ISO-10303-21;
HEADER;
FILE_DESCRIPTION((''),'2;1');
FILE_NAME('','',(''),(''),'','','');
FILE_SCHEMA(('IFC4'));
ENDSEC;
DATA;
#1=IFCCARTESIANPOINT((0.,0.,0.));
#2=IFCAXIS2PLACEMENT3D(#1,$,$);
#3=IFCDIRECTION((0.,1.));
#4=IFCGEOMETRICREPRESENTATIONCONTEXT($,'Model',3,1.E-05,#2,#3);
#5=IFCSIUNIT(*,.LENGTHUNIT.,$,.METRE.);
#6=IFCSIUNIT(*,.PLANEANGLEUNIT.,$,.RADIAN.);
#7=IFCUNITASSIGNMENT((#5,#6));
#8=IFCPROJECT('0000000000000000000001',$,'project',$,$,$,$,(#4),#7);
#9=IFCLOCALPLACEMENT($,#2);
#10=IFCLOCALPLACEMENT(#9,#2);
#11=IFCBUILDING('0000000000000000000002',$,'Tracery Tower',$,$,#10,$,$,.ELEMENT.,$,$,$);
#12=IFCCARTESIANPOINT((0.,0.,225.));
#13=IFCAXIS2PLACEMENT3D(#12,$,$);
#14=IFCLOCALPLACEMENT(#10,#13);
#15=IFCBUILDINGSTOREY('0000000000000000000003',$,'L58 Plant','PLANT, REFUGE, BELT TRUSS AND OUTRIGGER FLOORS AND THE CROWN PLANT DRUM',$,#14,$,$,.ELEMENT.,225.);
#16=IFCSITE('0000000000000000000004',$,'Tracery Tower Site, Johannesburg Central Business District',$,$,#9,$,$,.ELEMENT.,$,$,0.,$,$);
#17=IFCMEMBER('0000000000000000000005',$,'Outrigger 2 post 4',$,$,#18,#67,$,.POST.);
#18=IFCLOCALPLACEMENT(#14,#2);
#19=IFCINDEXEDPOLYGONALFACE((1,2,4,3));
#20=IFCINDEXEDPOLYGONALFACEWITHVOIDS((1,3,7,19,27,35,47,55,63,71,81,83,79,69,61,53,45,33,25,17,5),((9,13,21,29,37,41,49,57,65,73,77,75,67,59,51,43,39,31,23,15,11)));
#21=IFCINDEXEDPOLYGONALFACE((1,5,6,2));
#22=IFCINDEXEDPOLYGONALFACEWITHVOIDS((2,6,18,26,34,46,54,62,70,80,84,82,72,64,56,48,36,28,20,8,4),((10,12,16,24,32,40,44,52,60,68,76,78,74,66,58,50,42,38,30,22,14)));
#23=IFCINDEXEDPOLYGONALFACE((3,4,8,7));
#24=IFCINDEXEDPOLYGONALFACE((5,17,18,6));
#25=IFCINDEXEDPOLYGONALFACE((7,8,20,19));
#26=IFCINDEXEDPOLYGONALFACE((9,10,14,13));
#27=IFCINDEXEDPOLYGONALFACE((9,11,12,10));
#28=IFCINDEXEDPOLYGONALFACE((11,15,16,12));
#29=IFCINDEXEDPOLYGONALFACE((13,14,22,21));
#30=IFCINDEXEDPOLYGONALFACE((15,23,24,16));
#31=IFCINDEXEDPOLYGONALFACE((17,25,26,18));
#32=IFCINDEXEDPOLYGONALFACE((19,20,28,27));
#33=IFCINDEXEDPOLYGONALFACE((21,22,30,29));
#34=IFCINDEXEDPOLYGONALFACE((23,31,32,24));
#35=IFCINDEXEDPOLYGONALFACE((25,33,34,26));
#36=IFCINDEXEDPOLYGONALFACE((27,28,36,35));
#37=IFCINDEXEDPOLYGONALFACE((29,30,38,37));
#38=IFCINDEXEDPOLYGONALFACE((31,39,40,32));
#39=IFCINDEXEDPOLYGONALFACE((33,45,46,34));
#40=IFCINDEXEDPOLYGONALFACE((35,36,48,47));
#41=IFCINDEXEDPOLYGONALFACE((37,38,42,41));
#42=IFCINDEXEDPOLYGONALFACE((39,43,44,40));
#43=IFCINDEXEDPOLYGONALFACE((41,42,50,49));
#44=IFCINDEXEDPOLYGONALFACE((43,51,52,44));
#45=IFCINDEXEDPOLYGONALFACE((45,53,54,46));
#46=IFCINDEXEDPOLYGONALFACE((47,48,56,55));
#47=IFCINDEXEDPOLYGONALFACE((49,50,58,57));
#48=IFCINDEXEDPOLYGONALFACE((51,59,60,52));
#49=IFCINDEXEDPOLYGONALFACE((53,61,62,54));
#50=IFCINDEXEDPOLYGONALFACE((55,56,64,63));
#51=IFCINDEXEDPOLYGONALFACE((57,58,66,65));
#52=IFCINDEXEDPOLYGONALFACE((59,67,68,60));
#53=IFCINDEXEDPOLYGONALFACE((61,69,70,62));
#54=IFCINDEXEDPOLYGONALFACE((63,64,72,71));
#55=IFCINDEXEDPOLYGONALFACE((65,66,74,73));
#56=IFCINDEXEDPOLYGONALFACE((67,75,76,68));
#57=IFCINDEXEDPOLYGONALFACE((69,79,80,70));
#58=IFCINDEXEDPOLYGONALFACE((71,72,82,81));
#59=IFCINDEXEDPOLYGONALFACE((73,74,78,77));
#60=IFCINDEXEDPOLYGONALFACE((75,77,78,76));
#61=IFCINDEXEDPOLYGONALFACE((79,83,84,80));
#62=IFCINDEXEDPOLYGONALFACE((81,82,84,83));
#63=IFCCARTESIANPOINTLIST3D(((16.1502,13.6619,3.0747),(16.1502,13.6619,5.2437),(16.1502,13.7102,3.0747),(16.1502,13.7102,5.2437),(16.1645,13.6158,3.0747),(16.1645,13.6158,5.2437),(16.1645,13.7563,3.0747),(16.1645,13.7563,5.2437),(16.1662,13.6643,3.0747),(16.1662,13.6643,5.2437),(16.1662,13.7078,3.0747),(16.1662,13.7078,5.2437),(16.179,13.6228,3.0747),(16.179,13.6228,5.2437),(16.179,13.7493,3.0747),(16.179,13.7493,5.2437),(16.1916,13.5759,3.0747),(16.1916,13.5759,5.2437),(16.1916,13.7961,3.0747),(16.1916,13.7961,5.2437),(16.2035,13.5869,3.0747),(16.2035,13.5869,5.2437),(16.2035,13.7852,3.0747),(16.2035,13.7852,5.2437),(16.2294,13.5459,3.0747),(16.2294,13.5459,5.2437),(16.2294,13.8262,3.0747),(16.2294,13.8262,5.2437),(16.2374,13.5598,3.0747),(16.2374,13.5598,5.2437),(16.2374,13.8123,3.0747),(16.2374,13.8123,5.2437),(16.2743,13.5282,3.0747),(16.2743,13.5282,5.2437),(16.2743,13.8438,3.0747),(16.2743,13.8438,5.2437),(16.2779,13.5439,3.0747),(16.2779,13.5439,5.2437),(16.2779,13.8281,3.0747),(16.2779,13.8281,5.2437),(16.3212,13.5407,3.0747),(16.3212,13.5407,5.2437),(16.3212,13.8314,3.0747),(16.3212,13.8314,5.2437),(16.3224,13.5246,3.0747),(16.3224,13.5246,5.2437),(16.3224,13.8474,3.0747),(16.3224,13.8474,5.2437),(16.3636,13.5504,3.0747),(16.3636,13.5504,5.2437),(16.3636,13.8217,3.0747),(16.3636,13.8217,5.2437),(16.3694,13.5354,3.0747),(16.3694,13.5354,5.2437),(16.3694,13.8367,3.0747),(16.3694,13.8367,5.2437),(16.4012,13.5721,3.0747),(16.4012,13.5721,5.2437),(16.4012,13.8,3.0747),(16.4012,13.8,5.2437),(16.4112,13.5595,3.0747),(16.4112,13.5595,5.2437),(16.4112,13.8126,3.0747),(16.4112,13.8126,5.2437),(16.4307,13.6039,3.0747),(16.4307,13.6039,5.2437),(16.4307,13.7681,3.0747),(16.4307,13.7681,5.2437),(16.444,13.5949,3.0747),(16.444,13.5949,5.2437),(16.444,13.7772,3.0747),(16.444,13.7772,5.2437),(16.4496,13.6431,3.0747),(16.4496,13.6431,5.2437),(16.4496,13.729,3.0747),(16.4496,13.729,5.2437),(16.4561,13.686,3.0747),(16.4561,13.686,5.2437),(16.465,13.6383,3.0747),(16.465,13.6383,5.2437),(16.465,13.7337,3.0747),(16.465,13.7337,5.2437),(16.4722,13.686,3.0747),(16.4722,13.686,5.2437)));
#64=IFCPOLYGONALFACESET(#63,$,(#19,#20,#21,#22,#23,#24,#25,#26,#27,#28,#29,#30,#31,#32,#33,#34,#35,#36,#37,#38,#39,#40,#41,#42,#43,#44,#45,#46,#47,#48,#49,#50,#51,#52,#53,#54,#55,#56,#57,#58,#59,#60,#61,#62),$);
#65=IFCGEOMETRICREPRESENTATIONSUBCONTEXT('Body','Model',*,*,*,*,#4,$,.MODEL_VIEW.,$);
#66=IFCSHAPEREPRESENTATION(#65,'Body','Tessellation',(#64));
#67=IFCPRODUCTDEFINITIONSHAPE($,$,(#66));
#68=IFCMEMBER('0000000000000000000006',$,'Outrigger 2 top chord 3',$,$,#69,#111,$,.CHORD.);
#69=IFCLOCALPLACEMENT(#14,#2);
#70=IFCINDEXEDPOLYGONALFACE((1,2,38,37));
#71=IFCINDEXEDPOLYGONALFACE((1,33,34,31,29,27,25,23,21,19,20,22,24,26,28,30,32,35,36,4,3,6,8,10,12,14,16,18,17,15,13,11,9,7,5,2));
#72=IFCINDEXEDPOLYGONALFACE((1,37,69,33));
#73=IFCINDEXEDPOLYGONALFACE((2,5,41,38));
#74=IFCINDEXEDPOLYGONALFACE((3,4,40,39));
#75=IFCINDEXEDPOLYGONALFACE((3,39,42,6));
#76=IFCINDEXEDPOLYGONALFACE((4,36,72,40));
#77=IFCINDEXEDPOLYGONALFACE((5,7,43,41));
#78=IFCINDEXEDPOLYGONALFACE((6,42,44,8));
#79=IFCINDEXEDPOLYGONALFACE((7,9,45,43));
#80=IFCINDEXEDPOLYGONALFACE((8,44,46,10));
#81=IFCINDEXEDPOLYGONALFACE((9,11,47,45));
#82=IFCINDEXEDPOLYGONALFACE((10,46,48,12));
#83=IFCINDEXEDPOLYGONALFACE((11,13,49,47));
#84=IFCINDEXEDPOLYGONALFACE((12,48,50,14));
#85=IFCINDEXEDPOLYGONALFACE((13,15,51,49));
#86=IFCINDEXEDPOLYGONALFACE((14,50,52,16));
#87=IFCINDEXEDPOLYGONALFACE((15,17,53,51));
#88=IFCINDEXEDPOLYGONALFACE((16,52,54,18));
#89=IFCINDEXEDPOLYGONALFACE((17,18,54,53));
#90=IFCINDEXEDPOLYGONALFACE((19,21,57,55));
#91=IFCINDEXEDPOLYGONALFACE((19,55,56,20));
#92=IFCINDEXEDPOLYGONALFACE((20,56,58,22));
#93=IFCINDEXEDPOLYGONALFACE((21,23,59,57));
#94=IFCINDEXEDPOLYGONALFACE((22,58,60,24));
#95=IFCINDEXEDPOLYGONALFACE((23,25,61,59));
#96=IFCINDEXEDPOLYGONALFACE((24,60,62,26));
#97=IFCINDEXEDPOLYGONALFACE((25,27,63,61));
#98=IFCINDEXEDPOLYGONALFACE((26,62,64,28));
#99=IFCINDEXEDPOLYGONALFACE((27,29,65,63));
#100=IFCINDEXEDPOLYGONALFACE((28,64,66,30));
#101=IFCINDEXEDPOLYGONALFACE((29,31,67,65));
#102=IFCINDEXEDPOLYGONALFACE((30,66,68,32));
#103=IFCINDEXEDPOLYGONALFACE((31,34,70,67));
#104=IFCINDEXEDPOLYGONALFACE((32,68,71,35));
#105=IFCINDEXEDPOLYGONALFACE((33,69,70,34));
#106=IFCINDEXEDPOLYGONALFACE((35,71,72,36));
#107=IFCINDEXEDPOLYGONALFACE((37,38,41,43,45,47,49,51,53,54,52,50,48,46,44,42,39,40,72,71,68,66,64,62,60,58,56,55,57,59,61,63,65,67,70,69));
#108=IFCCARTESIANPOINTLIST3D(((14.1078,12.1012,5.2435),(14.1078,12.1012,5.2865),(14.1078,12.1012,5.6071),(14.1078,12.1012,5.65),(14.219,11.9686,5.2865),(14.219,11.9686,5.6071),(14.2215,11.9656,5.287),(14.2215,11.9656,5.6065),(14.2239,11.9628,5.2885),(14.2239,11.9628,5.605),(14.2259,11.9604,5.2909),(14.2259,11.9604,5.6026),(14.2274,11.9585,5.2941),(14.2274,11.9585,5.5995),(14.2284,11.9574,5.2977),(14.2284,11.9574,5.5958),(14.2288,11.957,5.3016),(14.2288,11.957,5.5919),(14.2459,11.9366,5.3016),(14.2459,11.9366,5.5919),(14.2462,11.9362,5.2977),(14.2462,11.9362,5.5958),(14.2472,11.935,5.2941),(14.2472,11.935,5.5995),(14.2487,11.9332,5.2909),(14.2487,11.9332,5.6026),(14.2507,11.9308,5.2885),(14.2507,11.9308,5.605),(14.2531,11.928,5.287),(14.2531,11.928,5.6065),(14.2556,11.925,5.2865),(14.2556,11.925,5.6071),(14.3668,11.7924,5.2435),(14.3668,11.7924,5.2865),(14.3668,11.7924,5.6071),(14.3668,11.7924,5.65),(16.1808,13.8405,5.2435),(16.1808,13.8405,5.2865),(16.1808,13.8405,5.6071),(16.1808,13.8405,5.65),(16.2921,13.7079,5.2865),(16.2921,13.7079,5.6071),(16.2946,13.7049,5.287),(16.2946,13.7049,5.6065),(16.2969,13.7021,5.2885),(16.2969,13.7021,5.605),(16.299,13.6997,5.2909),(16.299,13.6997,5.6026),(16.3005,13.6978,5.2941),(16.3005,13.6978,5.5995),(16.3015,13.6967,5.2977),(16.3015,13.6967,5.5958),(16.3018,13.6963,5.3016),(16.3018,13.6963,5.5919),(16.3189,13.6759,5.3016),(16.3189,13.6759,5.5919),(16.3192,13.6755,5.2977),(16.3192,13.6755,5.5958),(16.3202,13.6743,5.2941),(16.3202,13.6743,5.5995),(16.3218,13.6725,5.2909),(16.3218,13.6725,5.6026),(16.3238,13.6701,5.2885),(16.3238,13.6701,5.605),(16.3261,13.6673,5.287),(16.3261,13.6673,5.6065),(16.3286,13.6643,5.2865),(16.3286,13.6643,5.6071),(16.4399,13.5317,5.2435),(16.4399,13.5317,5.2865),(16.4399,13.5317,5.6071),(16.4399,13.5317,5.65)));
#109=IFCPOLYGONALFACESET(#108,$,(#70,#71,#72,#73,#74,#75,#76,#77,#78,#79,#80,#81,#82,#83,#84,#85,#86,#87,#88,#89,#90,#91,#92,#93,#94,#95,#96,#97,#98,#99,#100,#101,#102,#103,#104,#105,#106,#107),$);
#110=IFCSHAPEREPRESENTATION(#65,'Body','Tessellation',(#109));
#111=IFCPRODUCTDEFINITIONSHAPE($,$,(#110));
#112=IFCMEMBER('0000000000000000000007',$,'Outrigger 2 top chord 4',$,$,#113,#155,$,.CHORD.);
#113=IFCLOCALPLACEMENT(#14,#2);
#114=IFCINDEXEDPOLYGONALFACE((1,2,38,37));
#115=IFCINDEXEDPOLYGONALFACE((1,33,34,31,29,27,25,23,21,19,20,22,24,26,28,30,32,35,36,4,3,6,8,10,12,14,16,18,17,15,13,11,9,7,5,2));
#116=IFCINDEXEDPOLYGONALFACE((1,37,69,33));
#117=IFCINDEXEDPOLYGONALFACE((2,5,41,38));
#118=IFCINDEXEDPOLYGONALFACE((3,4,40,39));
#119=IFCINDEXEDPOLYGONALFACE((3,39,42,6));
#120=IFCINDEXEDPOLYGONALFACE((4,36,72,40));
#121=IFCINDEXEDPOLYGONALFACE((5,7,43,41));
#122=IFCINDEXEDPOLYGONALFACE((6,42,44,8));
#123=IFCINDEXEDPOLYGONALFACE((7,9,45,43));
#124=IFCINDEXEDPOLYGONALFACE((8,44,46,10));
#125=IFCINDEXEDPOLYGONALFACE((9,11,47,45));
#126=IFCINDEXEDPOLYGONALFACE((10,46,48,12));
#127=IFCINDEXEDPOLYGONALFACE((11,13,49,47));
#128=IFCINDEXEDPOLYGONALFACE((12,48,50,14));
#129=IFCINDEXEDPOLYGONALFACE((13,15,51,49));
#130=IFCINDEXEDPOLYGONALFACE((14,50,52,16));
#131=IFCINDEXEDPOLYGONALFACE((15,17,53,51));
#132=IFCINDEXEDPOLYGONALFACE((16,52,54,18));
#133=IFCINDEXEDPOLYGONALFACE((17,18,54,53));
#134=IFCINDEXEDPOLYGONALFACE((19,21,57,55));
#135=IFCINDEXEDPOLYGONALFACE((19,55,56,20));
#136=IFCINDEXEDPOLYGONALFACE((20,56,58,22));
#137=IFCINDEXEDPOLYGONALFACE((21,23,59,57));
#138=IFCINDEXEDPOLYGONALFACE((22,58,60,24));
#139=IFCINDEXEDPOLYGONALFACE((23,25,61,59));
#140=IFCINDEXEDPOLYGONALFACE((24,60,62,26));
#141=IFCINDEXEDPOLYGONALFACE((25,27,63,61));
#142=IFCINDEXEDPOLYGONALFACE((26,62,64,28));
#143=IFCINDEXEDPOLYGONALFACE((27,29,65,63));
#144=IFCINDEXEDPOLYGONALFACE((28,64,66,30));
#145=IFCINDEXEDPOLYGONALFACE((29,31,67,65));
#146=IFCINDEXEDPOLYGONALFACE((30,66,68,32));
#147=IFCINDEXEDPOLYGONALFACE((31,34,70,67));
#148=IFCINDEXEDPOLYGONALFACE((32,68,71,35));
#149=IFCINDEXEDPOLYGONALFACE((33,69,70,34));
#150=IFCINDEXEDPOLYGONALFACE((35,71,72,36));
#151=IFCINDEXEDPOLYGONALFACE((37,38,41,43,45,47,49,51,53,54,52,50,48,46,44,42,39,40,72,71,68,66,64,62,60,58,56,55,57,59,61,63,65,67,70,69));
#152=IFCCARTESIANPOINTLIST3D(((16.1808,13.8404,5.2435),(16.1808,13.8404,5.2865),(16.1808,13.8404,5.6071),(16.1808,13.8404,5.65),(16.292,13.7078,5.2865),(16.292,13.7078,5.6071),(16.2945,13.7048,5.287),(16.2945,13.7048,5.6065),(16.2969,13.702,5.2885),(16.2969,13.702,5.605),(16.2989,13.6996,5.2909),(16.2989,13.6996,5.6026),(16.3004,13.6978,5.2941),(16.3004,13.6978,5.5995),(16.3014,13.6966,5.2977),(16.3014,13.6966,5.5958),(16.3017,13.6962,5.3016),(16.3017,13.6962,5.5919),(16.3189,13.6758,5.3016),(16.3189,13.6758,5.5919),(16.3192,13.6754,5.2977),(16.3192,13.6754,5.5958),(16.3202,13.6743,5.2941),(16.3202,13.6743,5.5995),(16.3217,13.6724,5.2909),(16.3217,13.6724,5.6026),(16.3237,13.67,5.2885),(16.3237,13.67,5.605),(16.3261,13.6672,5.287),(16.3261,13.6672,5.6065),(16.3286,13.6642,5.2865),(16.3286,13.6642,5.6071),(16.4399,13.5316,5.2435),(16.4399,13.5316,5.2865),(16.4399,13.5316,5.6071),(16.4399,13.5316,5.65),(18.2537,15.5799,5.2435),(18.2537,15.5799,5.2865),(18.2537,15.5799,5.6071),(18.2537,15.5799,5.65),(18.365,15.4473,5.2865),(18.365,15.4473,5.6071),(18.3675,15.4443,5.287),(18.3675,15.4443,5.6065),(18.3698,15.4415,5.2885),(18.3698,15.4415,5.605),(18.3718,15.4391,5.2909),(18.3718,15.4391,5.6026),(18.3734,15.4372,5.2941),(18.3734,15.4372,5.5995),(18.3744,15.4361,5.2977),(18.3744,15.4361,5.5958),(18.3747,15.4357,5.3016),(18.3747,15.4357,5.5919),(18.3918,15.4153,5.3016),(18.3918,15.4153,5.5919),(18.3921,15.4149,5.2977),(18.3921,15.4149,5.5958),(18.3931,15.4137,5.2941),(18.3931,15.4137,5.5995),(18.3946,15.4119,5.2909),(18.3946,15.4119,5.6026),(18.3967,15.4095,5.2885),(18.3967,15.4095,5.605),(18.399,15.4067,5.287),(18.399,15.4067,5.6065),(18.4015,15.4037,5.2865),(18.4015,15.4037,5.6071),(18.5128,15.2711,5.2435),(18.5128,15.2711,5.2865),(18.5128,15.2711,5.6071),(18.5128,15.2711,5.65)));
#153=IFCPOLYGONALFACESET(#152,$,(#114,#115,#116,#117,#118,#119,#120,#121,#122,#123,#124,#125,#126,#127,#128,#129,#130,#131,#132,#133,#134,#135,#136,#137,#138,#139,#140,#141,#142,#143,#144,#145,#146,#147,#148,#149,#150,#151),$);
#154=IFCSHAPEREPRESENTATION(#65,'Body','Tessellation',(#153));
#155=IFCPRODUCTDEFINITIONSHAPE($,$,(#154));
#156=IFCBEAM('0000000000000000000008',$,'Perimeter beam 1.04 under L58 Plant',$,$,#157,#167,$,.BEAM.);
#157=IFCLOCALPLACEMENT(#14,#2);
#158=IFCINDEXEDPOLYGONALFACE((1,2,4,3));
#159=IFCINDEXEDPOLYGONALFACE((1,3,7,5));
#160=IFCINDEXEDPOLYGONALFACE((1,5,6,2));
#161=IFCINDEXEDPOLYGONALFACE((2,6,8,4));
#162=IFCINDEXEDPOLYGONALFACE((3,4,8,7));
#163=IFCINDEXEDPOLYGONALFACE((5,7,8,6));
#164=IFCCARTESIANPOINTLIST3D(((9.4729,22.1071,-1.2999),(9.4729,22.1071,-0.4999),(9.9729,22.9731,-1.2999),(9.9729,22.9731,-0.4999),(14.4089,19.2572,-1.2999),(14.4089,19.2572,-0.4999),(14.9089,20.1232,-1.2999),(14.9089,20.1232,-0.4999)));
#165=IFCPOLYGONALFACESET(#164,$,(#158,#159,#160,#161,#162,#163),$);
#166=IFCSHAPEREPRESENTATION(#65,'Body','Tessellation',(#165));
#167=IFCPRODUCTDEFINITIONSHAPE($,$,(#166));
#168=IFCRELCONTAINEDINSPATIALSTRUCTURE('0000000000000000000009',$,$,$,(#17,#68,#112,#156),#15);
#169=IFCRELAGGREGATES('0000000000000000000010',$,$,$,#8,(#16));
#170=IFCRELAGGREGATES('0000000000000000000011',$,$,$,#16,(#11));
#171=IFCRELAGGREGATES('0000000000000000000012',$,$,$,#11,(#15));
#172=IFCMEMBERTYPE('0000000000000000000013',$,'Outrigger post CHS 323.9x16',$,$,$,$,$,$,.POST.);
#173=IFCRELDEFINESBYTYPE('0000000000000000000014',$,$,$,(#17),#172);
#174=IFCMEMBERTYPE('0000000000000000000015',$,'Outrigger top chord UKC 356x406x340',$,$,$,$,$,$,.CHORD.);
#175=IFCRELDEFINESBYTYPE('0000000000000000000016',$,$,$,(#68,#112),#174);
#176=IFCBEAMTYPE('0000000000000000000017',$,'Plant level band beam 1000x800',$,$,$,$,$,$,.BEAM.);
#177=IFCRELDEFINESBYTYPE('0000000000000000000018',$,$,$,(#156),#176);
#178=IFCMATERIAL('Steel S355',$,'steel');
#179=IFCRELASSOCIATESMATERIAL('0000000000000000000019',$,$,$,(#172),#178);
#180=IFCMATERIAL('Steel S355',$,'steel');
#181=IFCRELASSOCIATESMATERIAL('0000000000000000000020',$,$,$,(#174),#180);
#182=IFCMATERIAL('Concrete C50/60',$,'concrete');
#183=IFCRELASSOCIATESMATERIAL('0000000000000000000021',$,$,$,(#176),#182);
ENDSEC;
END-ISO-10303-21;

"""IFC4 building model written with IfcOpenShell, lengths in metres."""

from ifc_helpers import new_model, si_unit, direction, frame, origin, origin_2d, place, context, subcontext, project, spatial, rectangle, hollow_circle, i_section, extrude, material, material_profile, profile_set, type_object, element, save


model = new_model("IFC4")

# Units and contexts
model_context = context("Model", 3, precision=1e-05, world=origin(), true_north=direction((0.0, 1.0)))
body_context = subcontext(model_context, "Body", "Model", "MODEL_VIEW")
ifc_project = project(units=[si_unit("LENGTHUNIT", "METRE"), si_unit("PLANEANGLEUNIT", "RADIAN")], contexts=[model_context])

# Site, building, storey
site_placement = place(None, origin())
site = spatial("IfcSite", under=ifc_project, at=site_placement, Name="Tracery Tower Site, Johannesburg Central Business District", CompositionType="ELEMENT", RefElevation=0.0)
building_placement = place(site_placement, origin())
building = spatial("IfcBuilding", under=site, at=building_placement, Name="Tracery Tower", CompositionType="ELEMENT")
storey_placement = place(building_placement, frame((0.0, 0.0, 225.0)))
storey = spatial("IfcBuildingStorey", under=building, at=storey_placement, Name="L58 Plant", Description="PLANT, REFUGE, BELT TRUSS AND OUTRIGGER FLOORS AND THE CROWN PLANT DRUM", CompositionType="ELEMENT", Elevation=225.0)

# Members
ifc_material_1 = material(Name="Steel S355", Category="steel")
ifc_material_profile_1 = material_profile(ifc_material_1, hollow_circle(Radius=0.1619, WallThickness=0.0161, at=origin_2d()), Name="CHS 323.9x16")
ifc_profile_set_1 = profile_set([ifc_material_profile_1], Name="Steel S355")
member_type_1 = type_object("IfcMemberType", Name="Outrigger post CHS 323.9x16", PredefinedType="POST", material=ifc_profile_set_1)
for number, where, z_axis, x_axis, name in (
    (1, (16.3103, 13.686, 3.0747), (0.0, 0.0, 1.0), (1.0, 0.0, 0.0), "Outrigger 2 post 4"),
):
    element("IfcMember", number, at=place(storey_placement, frame(where, z_axis=z_axis, x_axis=x_axis)), inside=storey, type_object=member_type_1, Name=name, PredefinedType="POST", context=body_context, shape_type="SweptSolid", body=[
        extrude(hollow_circle(Radius=0.1619, WallThickness=0.0161, at=origin_2d()), origin(), (0.0, 0.0, 1.0), 2.1689),
    ])
ifc_material_2 = material(Name="Steel S355", Category="steel")
ifc_material_profile_2 = material_profile(ifc_material_2, i_section(OverallWidth=0.4031, OverallDepth=0.4065, WebThickness=0.0266, FlangeThickness=0.043, FilletRadius=0.0151, at=origin_2d()), Name="UKC 356x406x340")
ifc_profile_set_2 = profile_set([ifc_material_profile_2], Name="Steel S355")
member_type_2 = type_object("IfcMemberType", Name="Outrigger top chord UKC 356x406x340", PredefinedType="CHORD", material=ifc_profile_set_2)
for number, where, z_axis, x_axis, name in (
    (2, (14.2373, 11.9468, 5.4468), (0.76608, 0.642746, 0.0), (-0.642746, 0.76608, 0.0), "Outrigger 2 top chord 3"),
    (3, (16.3103, 13.686, 5.4468), (0.766035, 0.642798, 0.0), (-0.642798, 0.766035, 0.0), "Outrigger 2 top chord 4"),
):
    element("IfcMember", number, at=place(storey_placement, frame(where, z_axis=z_axis, x_axis=x_axis)), inside=storey, type_object=member_type_2, Name=name, PredefinedType="CHORD", context=body_context, shape_type="SweptSolid", body=[
        extrude(i_section(OverallWidth=0.4031, OverallDepth=0.4065, WebThickness=0.0266, FlangeThickness=0.043, FilletRadius=0.0151, at=origin_2d()), origin(), (0.0, 0.0, 1.0), 2.7061),
    ])

# Beam
ifc_material_3 = material(Name="Concrete C50/60", Category="concrete")
ifc_material_profile_3 = material_profile(ifc_material_3, rectangle(XDim=1.0, YDim=0.8, at=origin_2d()), Name="RC 1000x800")
ifc_profile_set_3 = profile_set([ifc_material_profile_3], Name="Concrete C50/60")
beam_type = type_object("IfcBeamType", Name="Plant level band beam 1000x800", PredefinedType="BEAM", material=ifc_profile_set_3)
beam_placement = place(storey_placement, frame((14.6589, 19.6902, -0.8999), z_axis=(-0.866023, 0.500004, 0.0), x_axis=(-0.500004, -0.866023, 0.0)))
element("IfcBeam", 4, at=beam_placement, inside=storey, type_object=beam_type, Name="Perimeter beam 1.04 under L58 Plant", PredefinedType="BEAM", context=body_context, shape_type="SweptSolid", body=[
    extrude(rectangle(XDim=1.0, YDim=0.8, at=origin_2d()), origin(), (0.0, 0.0, 1.0), 5.6997),
])

save(model, "model.ifc")
